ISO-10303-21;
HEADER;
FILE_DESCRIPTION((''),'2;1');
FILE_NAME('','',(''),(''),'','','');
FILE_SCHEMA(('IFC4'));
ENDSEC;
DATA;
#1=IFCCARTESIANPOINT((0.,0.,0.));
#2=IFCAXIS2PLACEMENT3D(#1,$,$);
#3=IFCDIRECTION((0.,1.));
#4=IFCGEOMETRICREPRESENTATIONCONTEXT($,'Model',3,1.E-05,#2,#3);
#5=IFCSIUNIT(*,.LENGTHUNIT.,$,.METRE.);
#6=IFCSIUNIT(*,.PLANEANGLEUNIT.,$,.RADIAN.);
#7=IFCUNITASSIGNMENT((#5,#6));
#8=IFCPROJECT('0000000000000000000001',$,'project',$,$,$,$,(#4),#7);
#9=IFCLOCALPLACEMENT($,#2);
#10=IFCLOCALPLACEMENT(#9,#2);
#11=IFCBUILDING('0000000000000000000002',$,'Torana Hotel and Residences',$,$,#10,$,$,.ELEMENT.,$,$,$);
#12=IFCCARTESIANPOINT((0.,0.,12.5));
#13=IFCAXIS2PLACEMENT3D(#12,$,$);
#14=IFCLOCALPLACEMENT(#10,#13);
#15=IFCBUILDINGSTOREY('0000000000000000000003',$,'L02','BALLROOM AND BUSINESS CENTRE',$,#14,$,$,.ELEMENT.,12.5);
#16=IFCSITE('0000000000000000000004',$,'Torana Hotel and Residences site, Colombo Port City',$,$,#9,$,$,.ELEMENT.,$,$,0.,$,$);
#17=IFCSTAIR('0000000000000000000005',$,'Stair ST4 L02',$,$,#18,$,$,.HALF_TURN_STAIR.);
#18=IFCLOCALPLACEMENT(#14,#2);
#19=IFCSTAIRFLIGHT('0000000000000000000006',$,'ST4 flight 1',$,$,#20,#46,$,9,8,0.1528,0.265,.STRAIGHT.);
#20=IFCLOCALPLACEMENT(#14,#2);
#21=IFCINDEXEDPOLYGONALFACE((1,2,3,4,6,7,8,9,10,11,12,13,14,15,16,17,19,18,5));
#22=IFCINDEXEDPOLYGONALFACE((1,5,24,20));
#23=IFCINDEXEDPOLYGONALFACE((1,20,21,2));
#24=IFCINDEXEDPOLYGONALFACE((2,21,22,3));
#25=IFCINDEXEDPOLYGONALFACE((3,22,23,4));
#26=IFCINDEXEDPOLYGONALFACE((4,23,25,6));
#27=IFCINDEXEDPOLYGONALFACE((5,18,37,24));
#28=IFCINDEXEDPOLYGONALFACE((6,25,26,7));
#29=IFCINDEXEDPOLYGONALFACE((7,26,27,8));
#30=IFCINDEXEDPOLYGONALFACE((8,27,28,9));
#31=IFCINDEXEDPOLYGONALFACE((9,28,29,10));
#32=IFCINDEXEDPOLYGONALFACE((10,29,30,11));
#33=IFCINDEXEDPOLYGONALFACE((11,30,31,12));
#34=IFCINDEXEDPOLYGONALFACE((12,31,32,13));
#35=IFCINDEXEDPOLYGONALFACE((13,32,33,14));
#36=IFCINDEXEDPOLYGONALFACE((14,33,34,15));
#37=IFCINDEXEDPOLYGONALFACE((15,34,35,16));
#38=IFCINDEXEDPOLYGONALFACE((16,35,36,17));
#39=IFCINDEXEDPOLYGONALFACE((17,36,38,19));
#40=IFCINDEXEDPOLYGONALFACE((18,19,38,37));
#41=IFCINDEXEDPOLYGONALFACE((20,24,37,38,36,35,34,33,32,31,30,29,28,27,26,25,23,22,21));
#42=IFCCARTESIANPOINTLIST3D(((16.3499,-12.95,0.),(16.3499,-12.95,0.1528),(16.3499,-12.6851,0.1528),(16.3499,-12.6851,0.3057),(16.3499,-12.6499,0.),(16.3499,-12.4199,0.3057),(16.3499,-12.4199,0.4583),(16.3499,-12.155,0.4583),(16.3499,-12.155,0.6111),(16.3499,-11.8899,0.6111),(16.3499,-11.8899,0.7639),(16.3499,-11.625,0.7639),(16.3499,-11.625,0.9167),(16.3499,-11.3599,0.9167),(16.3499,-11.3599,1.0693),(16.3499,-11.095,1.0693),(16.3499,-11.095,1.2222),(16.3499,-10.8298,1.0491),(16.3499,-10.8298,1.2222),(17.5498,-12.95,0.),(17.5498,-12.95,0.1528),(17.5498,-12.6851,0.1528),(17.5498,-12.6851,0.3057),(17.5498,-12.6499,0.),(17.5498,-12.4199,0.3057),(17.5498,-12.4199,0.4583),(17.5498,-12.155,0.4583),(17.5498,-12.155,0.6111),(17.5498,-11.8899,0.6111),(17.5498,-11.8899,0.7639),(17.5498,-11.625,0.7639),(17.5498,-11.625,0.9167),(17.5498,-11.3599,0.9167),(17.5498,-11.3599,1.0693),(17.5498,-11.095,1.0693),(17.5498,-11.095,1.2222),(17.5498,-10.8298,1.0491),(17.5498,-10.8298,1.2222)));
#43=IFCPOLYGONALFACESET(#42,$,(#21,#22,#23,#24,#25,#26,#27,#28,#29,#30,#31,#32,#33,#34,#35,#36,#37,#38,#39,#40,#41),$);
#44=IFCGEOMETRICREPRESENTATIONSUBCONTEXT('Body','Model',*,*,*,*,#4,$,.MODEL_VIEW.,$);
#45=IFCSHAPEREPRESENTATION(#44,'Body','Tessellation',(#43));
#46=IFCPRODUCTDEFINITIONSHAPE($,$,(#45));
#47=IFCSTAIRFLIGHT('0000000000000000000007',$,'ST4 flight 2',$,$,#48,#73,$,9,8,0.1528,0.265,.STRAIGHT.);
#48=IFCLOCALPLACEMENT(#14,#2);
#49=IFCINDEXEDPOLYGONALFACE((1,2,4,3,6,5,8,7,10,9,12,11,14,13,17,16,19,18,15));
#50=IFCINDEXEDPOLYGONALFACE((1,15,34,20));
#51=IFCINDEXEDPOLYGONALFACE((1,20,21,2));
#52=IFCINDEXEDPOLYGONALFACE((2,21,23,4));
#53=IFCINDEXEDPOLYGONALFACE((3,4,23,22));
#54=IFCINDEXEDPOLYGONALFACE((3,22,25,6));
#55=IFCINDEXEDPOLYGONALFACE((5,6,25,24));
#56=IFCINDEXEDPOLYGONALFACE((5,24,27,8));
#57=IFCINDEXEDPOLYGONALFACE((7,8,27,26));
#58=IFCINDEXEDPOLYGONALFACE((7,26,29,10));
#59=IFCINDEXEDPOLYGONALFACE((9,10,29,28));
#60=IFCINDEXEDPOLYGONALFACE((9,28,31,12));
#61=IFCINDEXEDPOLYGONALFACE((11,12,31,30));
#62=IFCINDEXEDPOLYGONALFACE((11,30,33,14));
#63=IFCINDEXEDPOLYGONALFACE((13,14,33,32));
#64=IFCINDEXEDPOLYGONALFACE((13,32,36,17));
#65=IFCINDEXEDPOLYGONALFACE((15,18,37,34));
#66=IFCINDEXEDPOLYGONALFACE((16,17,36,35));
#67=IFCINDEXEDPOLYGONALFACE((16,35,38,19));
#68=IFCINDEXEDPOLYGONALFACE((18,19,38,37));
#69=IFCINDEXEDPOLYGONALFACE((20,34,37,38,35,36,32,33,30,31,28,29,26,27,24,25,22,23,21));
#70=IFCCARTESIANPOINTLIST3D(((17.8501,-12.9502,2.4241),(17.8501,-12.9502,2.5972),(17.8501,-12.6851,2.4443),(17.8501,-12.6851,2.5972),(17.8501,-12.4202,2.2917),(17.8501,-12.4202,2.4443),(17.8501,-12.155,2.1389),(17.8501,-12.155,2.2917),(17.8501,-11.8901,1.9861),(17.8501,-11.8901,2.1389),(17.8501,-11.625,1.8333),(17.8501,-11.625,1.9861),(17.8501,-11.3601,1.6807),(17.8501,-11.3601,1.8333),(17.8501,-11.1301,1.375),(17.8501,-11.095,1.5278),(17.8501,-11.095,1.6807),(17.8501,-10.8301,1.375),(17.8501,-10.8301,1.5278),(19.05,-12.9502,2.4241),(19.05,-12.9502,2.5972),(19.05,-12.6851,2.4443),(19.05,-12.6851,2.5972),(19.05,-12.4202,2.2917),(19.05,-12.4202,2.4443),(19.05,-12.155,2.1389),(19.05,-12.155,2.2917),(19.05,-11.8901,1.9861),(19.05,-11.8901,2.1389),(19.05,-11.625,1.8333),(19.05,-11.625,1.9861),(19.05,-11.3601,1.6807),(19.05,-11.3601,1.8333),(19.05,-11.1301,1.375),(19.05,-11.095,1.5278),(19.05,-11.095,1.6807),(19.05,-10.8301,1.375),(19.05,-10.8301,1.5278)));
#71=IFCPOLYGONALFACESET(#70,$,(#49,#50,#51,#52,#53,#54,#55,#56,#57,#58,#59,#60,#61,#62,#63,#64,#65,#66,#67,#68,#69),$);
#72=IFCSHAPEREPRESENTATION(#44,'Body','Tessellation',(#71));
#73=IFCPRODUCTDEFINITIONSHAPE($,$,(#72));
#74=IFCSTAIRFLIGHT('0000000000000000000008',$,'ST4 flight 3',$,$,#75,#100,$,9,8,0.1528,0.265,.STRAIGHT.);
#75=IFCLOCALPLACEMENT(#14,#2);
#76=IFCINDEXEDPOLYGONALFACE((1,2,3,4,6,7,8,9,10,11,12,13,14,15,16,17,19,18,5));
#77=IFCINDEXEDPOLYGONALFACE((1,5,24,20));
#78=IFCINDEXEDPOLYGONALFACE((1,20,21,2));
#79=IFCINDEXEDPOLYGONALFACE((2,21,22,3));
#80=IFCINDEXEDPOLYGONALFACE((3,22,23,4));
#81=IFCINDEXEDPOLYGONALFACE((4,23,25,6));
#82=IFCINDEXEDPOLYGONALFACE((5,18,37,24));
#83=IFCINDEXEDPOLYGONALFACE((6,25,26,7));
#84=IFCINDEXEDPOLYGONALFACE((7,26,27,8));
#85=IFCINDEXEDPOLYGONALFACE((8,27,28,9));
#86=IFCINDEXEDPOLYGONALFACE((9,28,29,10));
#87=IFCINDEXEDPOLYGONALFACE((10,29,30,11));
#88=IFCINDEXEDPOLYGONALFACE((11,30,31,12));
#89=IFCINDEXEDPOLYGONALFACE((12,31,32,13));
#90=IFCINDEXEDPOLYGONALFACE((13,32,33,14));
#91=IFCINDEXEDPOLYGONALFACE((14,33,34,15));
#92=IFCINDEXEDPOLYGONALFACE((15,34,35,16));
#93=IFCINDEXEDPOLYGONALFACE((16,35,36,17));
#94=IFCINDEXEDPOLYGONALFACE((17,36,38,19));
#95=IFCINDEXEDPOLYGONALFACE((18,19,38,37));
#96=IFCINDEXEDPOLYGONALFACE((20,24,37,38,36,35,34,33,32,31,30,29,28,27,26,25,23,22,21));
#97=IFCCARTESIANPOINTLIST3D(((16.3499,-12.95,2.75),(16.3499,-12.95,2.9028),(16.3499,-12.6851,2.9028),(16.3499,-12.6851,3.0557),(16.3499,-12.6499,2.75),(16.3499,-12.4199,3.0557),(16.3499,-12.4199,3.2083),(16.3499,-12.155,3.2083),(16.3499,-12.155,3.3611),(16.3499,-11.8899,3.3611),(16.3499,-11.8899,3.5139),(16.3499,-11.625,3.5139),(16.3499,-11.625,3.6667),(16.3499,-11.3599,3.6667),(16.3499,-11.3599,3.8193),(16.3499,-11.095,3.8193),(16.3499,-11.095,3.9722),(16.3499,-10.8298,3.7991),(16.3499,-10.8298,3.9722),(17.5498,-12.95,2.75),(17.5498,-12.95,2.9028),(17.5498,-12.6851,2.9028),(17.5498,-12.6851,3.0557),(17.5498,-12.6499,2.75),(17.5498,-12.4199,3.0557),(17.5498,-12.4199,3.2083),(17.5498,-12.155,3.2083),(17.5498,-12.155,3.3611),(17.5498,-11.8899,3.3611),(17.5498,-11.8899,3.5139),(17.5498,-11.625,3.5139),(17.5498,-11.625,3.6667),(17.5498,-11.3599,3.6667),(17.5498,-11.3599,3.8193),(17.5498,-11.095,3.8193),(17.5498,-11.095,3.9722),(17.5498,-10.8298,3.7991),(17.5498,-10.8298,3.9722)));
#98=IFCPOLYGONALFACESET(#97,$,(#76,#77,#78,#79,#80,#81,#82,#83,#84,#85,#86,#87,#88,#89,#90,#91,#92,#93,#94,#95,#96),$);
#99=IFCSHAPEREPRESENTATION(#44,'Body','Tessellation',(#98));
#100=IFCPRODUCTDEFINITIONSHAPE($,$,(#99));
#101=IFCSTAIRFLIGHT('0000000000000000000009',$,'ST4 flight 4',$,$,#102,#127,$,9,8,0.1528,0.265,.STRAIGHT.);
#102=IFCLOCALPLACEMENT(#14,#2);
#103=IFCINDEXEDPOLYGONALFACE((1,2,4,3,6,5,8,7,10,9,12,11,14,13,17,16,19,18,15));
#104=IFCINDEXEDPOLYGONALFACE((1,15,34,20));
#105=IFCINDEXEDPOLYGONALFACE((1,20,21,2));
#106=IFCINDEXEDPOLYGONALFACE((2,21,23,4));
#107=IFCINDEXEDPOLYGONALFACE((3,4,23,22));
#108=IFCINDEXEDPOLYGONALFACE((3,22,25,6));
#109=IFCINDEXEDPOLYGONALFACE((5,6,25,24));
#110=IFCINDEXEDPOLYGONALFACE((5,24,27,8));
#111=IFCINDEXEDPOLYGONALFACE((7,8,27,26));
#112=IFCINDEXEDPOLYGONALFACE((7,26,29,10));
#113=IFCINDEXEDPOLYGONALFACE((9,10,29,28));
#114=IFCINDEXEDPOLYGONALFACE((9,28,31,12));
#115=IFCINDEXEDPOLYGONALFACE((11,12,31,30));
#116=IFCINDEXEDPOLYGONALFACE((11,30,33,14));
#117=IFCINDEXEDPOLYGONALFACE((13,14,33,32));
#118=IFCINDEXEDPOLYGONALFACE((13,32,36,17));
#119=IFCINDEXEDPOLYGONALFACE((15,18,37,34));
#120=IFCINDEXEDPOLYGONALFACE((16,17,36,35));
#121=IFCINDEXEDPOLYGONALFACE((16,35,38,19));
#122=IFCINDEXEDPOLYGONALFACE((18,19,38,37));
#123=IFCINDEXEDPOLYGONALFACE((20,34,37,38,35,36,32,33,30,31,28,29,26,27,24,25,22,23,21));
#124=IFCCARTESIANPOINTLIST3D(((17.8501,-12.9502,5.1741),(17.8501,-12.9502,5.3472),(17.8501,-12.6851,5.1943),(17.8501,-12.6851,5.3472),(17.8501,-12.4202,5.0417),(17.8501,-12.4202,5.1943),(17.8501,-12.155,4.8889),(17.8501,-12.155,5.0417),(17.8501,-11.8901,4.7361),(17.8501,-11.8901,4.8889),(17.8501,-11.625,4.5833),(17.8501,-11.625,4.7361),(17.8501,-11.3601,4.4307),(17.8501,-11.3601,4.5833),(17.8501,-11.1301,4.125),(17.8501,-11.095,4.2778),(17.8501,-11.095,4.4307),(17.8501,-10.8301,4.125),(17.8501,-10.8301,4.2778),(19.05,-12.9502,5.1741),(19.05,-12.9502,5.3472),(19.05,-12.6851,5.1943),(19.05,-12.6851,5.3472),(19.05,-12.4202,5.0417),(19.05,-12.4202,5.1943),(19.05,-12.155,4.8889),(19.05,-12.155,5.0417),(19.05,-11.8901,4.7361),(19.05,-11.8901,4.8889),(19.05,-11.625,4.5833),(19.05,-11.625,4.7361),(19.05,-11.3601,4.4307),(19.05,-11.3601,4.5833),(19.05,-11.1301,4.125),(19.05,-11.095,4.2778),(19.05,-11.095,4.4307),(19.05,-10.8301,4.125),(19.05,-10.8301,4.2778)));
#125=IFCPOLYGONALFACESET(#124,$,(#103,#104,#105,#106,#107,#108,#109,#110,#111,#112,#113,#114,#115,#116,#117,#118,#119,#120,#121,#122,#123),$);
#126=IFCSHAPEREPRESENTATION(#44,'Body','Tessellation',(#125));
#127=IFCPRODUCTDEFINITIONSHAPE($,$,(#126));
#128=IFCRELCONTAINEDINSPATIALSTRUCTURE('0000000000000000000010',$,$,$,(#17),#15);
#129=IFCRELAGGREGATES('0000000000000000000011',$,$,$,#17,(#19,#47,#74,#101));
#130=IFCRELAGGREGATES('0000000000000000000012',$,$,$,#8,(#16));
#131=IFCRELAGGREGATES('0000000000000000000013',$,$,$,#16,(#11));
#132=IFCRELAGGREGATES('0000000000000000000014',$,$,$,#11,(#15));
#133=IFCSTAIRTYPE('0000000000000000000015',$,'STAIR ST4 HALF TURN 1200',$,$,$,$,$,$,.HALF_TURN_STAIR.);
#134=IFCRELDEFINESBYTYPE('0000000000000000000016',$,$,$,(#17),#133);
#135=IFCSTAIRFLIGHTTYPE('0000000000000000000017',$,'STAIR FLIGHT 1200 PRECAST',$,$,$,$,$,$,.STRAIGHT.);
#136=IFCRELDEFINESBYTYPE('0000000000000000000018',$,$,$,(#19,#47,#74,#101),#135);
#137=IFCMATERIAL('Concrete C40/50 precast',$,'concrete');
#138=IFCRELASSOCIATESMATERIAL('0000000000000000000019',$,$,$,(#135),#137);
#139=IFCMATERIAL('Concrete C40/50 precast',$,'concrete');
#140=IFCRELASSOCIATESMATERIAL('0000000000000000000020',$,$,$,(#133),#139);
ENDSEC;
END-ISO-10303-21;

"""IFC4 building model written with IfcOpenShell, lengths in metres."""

from ifc_helpers import new_model, si_unit, direction, frame, origin, place, context, subcontext, project, spatial, polyline, outline, extrude, material, type_object, element, aggregate, save


model = new_model("IFC4")

# Units and contexts
model_context = context("Model", 3, precision=1e-05, world=origin(), true_north=direction((0.0, 1.0)))
body_context = subcontext(model_context, "Body", "Model", "MODEL_VIEW")
ifc_project = project(units=[si_unit("LENGTHUNIT", "METRE"), si_unit("PLANEANGLEUNIT", "RADIAN")], contexts=[model_context])

# Site, building, storey
site_placement = place(None, origin())
site = spatial("IfcSite", under=ifc_project, at=site_placement, Name="Torana Hotel and Residences site, Colombo Port City", CompositionType="ELEMENT", RefElevation=0.0)
building_placement = place(site_placement, origin())
building = spatial("IfcBuilding", under=site, at=building_placement, Name="Torana Hotel and Residences", CompositionType="ELEMENT")
storey_placement = place(building_placement, frame((0.0, 0.0, 12.5)))
storey = spatial("IfcBuildingStorey", under=building, at=storey_placement, Name="L02", Description="BALLROOM AND BUSINESS CENTRE", CompositionType="ELEMENT", Elevation=12.5)

# Stair, stair flights
ifc_material_1 = material(Name="Concrete C40/50 precast", Category="concrete")
stair_flight_type = type_object("IfcStairFlightType", Name="STAIR FLIGHT 1200 PRECAST", PredefinedType="STRAIGHT", material=ifc_material_1)
ifc_material_2 = material(Name="Concrete C40/50 precast", Category="concrete")
stair_type_1 = type_object("IfcStairType", Name="STAIR ST4 HALF TURN 1200", PredefinedType="HALF_TURN_STAIR", material=ifc_material_2)
stair_1_placement = place(storey_placement, origin())
stair_1 = element("IfcStair", 1, at=stair_1_placement, inside=storey, type_object=stair_type_1, Name="Stair ST4 L02", PredefinedType="HALF_TURN_STAIR")
stair_flight_1_placement = place(storey_placement, frame((16.95, -12.95, 0.0), z_axis=(0.0, 0.0, 1.0), x_axis=(0.0, 1.0, 0.0)))
stair_flight_1 = element("IfcStairFlight", 2, at=stair_flight_1_placement, type_object=stair_flight_type, Name="ST4 flight 1", NumberOfRisers=9, NumberOfTreads=8, PredefinedType="STRAIGHT", RiserHeight=0.1528, TreadLength=0.265, context=body_context, shape_type="SweptSolid", body=[
    extrude(outline(polyline([(0.0, 0.0), (0.0, 0.1528), (0.2649, 0.1528), (0.2649, 0.3057), (0.53, 0.3057), (0.53, 0.4583), (0.7949, 0.4583), (0.7949, 0.6111), (1.0601, 0.6111), (1.0601, 0.7639), (1.325, 0.7639), (1.325, 0.9167), (1.5901, 0.9167), (1.5901, 1.0693), (1.855, 1.0693), (1.855, 1.2222), (2.1201, 1.2222), (2.1201, 1.375), (2.1201, 1.0491), (0.3, 0.0), (0.0, 0.0)])), frame((0.0, 0.6001, 0.0), z_axis=(0.0, -1.0, 0.0), x_axis=(1.0, 0.0, 0.0)), (0.0, 0.0, 1.0), 1.2),
])
stair_flight_2_placement = place(storey_placement, frame((18.45, -10.8301, 1.375), z_axis=(0.0, 0.0, 1.0), x_axis=(0.0, -1.0, 0.0)))
stair_flight_2 = element("IfcStairFlight", 3, at=stair_flight_2_placement, type_object=stair_flight_type, Name="ST4 flight 2", NumberOfRisers=9, NumberOfTreads=8, PredefinedType="STRAIGHT", RiserHeight=0.1528, TreadLength=0.265, context=body_context, shape_type="SweptSolid", body=[
    extrude(outline(polyline([(0.0, 0.0), (0.0, 0.1528), (0.2649, 0.1528), (0.2649, 0.3057), (0.53, 0.3057), (0.53, 0.4583), (0.7949, 0.4583), (0.7949, 0.6111), (1.0601, 0.6111), (1.0601, 0.7639), (1.325, 0.7639), (1.325, 0.9167), (1.5901, 0.9167), (1.5901, 1.0693), (1.855, 1.0693), (1.855, 1.2222), (2.1201, 1.2222), (2.1201, 1.375), (2.1201, 1.0491), (0.3, 0.0), (0.0, 0.0)])), frame((0.0, 0.6001, 0.0), z_axis=(0.0, -1.0, 0.0), x_axis=(1.0, 0.0, 0.0)), (0.0, 0.0, 1.0), 1.2),
])
stair_flight_3_placement = place(storey_placement, frame((16.95, -12.95, 2.75), z_axis=(0.0, 0.0, 1.0), x_axis=(0.0, 1.0, 0.0)))
stair_flight_3 = element("IfcStairFlight", 4, at=stair_flight_3_placement, type_object=stair_flight_type, Name="ST4 flight 3", NumberOfRisers=9, NumberOfTreads=8, PredefinedType="STRAIGHT", RiserHeight=0.1528, TreadLength=0.265, context=body_context, shape_type="SweptSolid", body=[
    extrude(outline(polyline([(0.0, 0.0), (0.0, 0.1528), (0.2649, 0.1528), (0.2649, 0.3057), (0.53, 0.3057), (0.53, 0.4583), (0.7949, 0.4583), (0.7949, 0.6111), (1.0601, 0.6111), (1.0601, 0.7639), (1.325, 0.7639), (1.325, 0.9167), (1.5901, 0.9167), (1.5901, 1.0693), (1.855, 1.0693), (1.855, 1.2222), (2.1201, 1.2222), (2.1201, 1.375), (2.1201, 1.0491), (0.3, 0.0), (0.0, 0.0)])), frame((0.0, 0.6001, 0.0), z_axis=(0.0, -1.0, 0.0), x_axis=(1.0, 0.0, 0.0)), (0.0, 0.0, 1.0), 1.2),
])
stair_flight_4_placement = place(storey_placement, frame((18.45, -10.8301, 4.125), z_axis=(0.0, 0.0, 1.0), x_axis=(0.0, -1.0, 0.0)))
stair_flight_4 = element("IfcStairFlight", 5, at=stair_flight_4_placement, type_object=stair_flight_type, Name="ST4 flight 4", NumberOfRisers=9, NumberOfTreads=8, PredefinedType="STRAIGHT", RiserHeight=0.1528, TreadLength=0.265, context=body_context, shape_type="SweptSolid", body=[
    extrude(outline(polyline([(0.0, 0.0), (0.0, 0.1528), (0.2649, 0.1528), (0.2649, 0.3057), (0.53, 0.3057), (0.53, 0.4583), (0.7949, 0.4583), (0.7949, 0.6111), (1.0601, 0.6111), (1.0601, 0.7639), (1.325, 0.7639), (1.325, 0.9167), (1.5901, 0.9167), (1.5901, 1.0693), (1.855, 1.0693), (1.855, 1.2222), (2.1201, 1.2222), (2.1201, 1.375), (2.1201, 1.0491), (0.3, 0.0), (0.0, 0.0)])), frame((0.0, 0.6001, 0.0), z_axis=(0.0, -1.0, 0.0), x_axis=(1.0, 0.0, 0.0)), (0.0, 0.0, 1.0), 1.2),
])
aggregate(stair_1, [stair_flight_1, stair_flight_2, stair_flight_3, stair_flight_4])

save(model, "model.ifc")
